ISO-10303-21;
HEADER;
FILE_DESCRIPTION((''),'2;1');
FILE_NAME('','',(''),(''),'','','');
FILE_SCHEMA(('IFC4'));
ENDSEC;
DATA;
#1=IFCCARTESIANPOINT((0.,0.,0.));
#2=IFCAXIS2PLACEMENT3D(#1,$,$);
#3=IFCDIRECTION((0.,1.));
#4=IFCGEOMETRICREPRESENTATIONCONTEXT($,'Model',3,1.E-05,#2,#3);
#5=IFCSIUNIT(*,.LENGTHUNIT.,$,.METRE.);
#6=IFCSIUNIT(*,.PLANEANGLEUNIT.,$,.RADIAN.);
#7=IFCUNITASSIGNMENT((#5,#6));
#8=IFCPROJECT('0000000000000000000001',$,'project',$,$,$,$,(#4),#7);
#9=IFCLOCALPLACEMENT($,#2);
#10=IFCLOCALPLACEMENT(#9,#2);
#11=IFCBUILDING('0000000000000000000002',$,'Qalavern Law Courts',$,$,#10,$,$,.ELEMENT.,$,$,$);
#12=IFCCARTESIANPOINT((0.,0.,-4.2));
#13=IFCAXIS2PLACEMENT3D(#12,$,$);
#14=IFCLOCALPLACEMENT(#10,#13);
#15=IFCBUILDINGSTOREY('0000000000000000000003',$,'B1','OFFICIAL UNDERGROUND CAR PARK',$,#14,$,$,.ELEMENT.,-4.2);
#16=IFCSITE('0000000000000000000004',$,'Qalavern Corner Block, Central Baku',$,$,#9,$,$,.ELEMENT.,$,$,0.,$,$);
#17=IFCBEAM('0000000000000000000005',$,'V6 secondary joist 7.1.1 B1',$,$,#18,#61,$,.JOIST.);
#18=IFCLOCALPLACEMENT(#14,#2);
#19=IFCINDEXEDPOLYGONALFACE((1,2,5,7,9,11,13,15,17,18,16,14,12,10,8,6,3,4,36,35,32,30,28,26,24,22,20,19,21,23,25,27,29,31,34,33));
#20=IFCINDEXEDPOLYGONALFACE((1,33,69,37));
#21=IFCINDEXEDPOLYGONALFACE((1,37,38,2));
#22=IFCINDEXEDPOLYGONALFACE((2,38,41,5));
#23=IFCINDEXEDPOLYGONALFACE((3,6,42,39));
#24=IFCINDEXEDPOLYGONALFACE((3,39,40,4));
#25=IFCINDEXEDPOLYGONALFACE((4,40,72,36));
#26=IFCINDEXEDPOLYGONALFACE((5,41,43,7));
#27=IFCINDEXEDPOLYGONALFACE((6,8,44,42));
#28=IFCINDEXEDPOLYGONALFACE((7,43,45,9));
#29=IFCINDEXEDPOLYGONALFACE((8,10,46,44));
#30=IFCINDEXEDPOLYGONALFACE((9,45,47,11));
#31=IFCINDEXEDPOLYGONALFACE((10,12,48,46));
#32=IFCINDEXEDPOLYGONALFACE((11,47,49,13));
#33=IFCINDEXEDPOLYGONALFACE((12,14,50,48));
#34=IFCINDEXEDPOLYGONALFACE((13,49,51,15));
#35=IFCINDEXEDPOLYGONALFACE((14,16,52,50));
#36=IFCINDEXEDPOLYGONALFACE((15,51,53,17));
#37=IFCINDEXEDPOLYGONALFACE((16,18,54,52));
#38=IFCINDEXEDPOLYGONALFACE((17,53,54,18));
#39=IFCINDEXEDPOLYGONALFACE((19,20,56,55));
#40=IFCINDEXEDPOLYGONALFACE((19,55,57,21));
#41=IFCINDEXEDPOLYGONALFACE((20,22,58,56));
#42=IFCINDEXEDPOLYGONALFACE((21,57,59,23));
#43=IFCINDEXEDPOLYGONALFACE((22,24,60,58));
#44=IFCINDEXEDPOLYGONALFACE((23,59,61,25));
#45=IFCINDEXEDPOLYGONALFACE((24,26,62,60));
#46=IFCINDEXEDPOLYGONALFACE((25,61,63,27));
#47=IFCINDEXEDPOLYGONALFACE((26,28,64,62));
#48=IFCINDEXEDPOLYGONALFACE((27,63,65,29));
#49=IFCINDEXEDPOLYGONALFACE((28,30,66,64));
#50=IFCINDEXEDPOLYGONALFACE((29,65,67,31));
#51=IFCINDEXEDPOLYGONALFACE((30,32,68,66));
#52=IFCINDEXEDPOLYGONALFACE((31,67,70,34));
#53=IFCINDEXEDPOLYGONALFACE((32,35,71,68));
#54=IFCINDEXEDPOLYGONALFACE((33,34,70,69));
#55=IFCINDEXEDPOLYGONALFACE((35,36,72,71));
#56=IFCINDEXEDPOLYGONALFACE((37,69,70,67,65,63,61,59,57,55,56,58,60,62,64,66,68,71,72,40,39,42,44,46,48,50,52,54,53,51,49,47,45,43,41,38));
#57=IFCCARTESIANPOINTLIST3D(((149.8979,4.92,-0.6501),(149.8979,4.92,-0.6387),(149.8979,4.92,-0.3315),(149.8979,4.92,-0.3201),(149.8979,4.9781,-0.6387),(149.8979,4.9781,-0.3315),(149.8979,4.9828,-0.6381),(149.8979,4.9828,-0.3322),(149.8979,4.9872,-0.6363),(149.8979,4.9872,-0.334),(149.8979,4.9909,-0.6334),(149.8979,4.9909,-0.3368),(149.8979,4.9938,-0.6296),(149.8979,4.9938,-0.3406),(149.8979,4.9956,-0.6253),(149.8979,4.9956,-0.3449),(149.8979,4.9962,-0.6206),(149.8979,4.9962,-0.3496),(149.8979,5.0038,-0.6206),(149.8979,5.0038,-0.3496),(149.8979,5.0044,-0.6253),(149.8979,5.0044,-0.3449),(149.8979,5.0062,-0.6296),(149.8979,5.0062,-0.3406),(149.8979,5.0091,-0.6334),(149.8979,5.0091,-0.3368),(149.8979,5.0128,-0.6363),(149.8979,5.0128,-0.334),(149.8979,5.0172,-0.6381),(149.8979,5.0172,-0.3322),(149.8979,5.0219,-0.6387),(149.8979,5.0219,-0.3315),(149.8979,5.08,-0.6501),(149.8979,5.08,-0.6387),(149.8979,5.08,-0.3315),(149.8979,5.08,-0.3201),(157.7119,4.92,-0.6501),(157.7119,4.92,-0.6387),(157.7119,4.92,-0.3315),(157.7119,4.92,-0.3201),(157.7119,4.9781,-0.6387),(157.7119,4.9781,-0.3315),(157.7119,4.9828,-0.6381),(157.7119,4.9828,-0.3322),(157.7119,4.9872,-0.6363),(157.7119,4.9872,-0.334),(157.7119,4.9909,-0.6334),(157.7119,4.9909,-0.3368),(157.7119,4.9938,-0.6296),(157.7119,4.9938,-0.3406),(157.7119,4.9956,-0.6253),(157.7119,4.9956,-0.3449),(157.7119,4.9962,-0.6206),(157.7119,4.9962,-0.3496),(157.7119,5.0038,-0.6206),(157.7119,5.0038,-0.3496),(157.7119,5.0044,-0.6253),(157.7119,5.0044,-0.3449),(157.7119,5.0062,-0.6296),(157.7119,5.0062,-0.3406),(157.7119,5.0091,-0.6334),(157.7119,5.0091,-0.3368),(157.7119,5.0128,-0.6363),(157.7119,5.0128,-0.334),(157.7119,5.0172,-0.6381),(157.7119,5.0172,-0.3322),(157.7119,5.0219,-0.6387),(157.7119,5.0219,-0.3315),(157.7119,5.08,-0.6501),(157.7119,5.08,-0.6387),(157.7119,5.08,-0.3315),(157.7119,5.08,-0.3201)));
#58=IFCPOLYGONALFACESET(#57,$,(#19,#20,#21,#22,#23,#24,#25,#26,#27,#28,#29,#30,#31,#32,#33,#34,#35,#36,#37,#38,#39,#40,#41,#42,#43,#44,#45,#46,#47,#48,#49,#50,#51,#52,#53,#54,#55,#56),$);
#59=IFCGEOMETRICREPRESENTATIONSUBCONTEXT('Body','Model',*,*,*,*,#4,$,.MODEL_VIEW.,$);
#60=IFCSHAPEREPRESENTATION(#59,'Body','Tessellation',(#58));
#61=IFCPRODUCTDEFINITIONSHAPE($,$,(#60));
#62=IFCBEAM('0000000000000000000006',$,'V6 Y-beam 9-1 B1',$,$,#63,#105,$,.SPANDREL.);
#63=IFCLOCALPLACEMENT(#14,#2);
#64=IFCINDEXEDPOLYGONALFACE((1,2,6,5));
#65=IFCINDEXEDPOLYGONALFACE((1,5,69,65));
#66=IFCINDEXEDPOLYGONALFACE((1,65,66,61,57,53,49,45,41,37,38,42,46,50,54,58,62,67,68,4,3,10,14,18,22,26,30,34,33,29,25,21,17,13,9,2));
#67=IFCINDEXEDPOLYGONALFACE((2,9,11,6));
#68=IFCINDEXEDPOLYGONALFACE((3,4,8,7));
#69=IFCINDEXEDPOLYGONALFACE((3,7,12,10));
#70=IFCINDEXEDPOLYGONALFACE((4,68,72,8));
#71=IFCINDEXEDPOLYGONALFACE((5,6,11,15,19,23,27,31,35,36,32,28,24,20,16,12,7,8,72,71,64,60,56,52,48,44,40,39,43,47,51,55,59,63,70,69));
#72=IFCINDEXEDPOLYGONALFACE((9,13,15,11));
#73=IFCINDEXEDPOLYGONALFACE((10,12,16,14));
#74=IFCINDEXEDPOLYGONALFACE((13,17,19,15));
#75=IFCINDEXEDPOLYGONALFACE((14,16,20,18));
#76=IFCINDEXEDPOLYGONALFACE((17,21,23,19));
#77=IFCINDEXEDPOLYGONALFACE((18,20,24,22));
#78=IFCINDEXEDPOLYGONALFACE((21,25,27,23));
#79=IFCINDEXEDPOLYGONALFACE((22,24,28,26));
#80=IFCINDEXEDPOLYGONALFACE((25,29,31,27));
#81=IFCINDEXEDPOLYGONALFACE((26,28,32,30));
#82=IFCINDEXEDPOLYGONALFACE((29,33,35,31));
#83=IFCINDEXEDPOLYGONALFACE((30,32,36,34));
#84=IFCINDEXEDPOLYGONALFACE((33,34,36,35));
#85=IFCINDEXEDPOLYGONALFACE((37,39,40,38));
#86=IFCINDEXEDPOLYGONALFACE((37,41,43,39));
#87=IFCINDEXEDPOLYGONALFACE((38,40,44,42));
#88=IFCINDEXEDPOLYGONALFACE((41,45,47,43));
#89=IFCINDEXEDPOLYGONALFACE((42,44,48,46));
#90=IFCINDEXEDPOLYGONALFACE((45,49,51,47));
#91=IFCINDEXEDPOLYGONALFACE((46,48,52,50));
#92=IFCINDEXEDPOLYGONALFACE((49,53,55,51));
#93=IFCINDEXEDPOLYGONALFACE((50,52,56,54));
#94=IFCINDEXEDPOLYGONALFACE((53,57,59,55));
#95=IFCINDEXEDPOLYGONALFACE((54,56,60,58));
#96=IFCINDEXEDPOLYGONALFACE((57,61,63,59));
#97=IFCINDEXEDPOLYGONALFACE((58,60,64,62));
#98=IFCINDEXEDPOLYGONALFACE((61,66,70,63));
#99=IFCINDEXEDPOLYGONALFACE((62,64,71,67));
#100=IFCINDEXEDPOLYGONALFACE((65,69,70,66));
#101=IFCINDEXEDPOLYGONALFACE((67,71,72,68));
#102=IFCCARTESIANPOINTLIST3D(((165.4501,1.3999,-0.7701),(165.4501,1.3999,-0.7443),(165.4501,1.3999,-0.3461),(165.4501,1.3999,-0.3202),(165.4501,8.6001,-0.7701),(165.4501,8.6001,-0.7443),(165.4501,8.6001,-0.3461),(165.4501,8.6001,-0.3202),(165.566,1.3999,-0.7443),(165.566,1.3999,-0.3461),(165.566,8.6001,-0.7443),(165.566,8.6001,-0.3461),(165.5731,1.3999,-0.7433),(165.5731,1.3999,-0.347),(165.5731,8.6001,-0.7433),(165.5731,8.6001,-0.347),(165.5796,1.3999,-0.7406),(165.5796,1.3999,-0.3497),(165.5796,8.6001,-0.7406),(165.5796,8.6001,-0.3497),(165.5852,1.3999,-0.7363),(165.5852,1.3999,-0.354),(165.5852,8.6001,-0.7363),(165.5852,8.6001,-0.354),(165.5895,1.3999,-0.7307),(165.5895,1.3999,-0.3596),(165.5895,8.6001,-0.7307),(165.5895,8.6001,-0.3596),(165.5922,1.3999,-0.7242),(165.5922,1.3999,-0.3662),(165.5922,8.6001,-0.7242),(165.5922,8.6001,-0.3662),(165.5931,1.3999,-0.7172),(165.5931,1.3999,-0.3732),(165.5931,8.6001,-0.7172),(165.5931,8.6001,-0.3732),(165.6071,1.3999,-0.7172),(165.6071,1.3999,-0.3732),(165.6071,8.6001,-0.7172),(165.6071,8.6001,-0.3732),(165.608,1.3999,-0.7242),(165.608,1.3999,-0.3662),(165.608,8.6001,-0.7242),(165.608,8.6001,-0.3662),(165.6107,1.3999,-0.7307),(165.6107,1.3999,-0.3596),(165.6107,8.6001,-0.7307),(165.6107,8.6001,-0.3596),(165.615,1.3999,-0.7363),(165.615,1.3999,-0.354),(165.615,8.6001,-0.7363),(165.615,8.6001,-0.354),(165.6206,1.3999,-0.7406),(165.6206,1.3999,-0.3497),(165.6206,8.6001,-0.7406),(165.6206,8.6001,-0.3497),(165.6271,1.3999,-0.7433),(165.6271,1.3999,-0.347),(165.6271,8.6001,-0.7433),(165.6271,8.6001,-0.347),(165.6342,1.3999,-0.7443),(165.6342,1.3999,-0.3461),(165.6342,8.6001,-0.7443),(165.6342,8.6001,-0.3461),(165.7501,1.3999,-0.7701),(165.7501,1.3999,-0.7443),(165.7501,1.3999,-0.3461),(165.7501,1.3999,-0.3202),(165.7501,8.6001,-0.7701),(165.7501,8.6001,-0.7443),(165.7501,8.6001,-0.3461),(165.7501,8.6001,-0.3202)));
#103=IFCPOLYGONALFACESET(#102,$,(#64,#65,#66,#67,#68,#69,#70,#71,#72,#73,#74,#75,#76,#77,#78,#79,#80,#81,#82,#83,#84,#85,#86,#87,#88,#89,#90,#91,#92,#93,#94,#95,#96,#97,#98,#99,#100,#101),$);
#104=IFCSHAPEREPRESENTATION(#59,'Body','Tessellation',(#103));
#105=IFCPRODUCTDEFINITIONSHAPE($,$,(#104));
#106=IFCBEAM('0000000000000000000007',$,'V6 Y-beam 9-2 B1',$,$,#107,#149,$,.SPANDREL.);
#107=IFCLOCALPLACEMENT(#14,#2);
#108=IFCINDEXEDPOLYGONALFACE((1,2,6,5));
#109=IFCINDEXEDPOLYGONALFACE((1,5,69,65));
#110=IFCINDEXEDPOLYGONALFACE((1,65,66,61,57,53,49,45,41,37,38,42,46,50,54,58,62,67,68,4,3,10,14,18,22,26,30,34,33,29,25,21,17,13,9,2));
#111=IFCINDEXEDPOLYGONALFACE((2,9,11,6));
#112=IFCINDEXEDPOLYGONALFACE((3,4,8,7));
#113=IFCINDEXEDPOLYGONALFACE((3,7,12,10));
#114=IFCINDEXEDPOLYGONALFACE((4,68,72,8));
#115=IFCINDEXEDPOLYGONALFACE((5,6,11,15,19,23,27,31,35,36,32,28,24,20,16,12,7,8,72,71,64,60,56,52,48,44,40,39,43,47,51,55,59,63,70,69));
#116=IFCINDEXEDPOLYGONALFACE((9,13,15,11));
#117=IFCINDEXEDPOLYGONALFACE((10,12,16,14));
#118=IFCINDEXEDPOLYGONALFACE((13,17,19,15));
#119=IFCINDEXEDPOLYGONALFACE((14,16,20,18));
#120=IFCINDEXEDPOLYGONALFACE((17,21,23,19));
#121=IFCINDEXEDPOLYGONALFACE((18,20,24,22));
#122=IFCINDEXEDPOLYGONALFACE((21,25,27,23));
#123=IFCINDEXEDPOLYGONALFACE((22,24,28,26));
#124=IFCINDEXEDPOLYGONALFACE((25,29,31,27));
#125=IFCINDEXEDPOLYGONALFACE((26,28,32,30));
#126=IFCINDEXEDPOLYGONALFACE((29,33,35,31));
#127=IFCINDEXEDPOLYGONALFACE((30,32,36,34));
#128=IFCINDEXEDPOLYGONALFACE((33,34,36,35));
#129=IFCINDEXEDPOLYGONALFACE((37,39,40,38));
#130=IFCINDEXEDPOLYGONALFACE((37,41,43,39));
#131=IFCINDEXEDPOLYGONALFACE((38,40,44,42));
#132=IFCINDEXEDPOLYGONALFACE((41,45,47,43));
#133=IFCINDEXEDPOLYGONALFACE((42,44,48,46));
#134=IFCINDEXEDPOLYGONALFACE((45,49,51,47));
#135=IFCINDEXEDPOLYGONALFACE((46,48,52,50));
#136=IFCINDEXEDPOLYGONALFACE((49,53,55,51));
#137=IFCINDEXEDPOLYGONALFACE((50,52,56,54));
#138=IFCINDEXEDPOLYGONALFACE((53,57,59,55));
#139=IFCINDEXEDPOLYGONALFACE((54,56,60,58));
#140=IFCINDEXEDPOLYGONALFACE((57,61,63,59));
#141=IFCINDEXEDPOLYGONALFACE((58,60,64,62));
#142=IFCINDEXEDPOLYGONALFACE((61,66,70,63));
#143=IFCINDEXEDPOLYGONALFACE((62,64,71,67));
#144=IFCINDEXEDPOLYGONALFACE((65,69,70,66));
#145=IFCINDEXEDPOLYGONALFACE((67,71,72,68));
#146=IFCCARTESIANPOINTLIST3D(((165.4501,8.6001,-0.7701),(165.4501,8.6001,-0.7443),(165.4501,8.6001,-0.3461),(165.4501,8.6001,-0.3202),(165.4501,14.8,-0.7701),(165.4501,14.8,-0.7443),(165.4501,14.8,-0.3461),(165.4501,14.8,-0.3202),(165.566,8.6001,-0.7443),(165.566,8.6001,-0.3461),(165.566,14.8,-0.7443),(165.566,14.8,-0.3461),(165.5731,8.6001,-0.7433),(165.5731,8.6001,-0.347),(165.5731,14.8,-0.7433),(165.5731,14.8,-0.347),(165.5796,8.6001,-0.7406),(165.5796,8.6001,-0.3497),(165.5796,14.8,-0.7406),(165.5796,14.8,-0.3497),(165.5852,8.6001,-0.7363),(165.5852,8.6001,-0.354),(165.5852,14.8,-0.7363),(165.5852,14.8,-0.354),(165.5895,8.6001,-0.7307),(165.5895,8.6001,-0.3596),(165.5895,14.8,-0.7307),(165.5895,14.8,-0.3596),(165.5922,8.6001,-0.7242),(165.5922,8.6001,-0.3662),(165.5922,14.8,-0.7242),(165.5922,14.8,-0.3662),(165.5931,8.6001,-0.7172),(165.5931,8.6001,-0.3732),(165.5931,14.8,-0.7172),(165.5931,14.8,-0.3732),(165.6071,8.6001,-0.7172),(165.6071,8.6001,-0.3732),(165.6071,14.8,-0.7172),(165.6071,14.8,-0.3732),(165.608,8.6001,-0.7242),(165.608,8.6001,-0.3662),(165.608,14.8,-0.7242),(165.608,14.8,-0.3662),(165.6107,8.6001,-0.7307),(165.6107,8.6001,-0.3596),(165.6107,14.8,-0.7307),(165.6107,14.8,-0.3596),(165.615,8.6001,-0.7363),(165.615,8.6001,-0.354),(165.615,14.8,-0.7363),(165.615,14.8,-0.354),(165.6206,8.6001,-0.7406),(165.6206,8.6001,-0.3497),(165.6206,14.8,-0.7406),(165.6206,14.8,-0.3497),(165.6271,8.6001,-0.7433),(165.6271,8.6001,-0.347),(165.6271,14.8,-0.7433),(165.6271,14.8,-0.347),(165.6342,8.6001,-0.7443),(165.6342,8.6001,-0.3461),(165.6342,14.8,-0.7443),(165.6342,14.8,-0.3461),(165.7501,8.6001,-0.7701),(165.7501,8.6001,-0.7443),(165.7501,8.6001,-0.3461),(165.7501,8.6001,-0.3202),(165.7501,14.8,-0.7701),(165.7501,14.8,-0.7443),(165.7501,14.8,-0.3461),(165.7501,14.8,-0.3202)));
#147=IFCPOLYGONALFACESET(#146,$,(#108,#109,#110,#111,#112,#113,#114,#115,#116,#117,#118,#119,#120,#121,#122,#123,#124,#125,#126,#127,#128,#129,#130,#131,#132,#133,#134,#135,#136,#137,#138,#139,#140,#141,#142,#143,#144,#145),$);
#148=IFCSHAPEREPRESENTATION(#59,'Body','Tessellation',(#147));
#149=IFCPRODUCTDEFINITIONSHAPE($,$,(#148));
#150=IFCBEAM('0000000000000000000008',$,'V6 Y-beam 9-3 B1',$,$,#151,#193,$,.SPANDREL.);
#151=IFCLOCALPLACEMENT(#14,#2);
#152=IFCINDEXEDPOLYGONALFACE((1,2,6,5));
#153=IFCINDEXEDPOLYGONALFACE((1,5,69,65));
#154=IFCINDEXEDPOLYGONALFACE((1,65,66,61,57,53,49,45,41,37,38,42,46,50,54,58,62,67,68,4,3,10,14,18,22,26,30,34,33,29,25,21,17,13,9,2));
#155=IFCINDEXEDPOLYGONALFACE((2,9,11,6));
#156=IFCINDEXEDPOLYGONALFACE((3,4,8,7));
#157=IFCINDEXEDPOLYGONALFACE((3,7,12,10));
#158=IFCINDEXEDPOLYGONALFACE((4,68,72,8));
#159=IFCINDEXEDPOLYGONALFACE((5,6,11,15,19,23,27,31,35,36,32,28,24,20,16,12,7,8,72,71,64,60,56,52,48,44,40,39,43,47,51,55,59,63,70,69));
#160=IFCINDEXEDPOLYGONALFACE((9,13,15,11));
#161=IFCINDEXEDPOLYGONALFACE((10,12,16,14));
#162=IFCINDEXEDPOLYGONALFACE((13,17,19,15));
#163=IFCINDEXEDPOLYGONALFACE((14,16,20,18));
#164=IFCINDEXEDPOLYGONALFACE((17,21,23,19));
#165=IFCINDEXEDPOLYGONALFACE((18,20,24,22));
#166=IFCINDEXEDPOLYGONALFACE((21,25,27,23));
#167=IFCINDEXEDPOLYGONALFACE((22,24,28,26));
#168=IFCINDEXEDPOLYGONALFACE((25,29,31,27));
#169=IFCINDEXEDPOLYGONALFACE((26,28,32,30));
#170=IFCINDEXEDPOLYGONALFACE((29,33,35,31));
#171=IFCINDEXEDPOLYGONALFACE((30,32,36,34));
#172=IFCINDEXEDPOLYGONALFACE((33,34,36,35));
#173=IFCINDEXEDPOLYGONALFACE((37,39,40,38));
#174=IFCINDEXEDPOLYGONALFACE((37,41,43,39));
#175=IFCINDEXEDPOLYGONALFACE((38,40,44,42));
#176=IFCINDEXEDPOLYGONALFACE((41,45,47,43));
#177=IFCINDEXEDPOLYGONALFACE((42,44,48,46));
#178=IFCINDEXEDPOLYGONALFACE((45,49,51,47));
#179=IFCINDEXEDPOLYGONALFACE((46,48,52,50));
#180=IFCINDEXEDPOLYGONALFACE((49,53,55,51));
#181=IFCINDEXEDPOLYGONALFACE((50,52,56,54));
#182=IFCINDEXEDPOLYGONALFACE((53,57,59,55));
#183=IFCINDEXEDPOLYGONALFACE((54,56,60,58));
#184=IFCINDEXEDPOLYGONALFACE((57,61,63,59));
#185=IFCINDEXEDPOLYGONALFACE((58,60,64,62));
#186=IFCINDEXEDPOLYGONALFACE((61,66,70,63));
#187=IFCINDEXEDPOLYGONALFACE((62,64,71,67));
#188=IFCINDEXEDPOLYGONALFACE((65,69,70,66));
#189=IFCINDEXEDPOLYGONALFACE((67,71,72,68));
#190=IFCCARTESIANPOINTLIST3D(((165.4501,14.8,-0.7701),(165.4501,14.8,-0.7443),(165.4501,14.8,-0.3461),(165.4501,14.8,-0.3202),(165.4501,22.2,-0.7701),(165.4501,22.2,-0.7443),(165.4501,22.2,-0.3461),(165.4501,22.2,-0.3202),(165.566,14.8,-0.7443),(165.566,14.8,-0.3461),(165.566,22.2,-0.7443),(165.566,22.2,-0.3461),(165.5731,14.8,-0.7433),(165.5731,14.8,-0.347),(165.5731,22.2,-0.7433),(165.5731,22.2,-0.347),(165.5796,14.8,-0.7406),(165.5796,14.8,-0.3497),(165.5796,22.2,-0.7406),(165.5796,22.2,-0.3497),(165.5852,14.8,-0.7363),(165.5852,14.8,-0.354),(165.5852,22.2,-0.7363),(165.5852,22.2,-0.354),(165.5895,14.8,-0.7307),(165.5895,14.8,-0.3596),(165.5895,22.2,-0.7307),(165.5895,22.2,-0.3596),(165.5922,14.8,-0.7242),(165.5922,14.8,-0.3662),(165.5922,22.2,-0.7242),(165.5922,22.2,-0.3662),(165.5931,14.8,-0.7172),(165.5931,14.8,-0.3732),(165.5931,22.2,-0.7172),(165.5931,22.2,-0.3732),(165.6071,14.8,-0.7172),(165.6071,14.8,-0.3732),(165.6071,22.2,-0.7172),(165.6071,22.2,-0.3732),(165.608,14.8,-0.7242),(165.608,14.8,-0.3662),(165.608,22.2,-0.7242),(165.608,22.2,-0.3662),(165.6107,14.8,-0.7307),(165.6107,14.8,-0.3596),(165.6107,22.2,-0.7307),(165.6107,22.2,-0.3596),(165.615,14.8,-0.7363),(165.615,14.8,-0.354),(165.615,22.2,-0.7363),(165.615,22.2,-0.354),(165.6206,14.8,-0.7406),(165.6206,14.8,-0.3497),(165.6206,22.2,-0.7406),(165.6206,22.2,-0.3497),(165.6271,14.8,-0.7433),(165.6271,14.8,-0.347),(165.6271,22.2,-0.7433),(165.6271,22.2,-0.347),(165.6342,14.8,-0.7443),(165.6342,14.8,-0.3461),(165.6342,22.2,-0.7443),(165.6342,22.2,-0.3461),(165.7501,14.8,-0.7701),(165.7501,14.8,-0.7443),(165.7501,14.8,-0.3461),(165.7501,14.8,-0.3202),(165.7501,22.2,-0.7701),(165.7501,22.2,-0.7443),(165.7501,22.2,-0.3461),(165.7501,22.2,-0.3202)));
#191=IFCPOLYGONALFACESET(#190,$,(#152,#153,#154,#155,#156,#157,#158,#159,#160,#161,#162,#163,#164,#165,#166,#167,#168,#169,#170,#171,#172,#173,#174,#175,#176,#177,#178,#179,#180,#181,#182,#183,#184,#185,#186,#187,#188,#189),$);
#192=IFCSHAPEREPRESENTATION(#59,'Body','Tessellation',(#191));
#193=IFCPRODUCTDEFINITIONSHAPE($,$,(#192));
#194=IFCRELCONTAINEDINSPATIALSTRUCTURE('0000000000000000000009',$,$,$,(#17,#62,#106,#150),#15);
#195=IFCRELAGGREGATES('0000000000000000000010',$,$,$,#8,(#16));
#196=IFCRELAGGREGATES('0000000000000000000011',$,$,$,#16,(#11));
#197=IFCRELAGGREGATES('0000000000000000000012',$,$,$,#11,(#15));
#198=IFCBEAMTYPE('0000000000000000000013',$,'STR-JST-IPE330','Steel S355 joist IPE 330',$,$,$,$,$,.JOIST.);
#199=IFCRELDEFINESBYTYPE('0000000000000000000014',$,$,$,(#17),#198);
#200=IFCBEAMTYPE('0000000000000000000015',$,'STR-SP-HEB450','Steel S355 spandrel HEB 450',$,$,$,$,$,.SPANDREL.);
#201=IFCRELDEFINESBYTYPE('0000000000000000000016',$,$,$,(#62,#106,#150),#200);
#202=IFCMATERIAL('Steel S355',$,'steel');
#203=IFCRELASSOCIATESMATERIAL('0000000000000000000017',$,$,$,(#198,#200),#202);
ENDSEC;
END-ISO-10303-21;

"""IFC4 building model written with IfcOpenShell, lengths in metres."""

from ifc_helpers import new_model, si_unit, direction, frame, origin, origin_2d, place, context, subcontext, project, spatial, i_section, extrude, material, material_profile, profile_set, type_object, element, save


model = new_model("IFC4")

# Units and contexts
model_context = context("Model", 3, precision=1e-05, world=origin(), true_north=direction((0.0, 1.0)))
body_context = subcontext(model_context, "Body", "Model", "MODEL_VIEW")
ifc_project = project(units=[si_unit("LENGTHUNIT", "METRE"), si_unit("PLANEANGLEUNIT", "RADIAN")], contexts=[model_context])

# Site, building, storey
site_placement = place(None, origin())
site = spatial("IfcSite", under=ifc_project, at=site_placement, Name="Qalavern Corner Block, Central Baku", CompositionType="ELEMENT", RefElevation=0.0)
building_placement = place(site_placement, origin())
building = spatial("IfcBuilding", under=site, at=building_placement, Name="Qalavern Law Courts", CompositionType="ELEMENT")
storey_placement = place(building_placement, frame((0.0, 0.0, -4.2)))
storey = spatial("IfcBuildingStorey", under=building, at=storey_placement, Name="B1", Description="OFFICIAL UNDERGROUND CAR PARK", CompositionType="ELEMENT", Elevation=-4.2)

# Beams
ifc_material_1 = material(Name="Steel S355", Category="steel")
ifc_material_profile_1 = material_profile(ifc_material_1, i_section(OverallWidth=0.1599, OverallDepth=0.3301, WebThickness=0.0076, FlangeThickness=0.0115, FilletRadius=0.0181, at=origin_2d()), Name="IPE 330")
ifc_profile_set_1 = profile_set([ifc_material_profile_1], Name="Steel S355")
beam_type_1 = type_object("IfcBeamType", Name="STR-JST-IPE330", Description="Steel S355 joist IPE 330", PredefinedType="JOIST", material=ifc_profile_set_1)
beam_1_placement = place(storey_placement, frame((149.8979, 5.0, -0.4851), z_axis=(1.0, 0.0, 0.0), x_axis=(0.0, 1.0, 0.0)))
element("IfcBeam", 1, at=beam_1_placement, inside=storey, type_object=beam_type_1, Name="V6 secondary joist 7.1.1 B1", PredefinedType="JOIST", context=body_context, shape_type="SweptSolid", body=[
    extrude(i_section(OverallWidth=0.1599, OverallDepth=0.3301, WebThickness=0.0076, FlangeThickness=0.0115, FilletRadius=0.0181, at=origin_2d()), origin(), (0.0, 0.0, 1.0), 7.814),
])
ifc_material_profile_2 = material_profile(ifc_material_1, i_section(OverallWidth=0.3, OverallDepth=0.45, WebThickness=0.0139, FlangeThickness=0.0259, FilletRadius=0.0271, at=origin_2d()), Name="HEB 450")
ifc_profile_set_2 = profile_set([ifc_material_profile_2], Name="Steel S355")
beam_type_2 = type_object("IfcBeamType", Name="STR-SP-HEB450", Description="Steel S355 spandrel HEB 450", PredefinedType="SPANDREL", material=ifc_profile_set_2)
beam_2_placement = place(storey_placement, frame((165.6001, 1.3999, -0.5452), z_axis=(0.0, 1.0, 0.0), x_axis=(-1.0, 0.0, 0.0)))
element("IfcBeam", 2, at=beam_2_placement, inside=storey, type_object=beam_type_2, Name="V6 Y-beam 9-1 B1", PredefinedType="SPANDREL", context=body_context, shape_type="SweptSolid", body=[
    extrude(i_section(OverallWidth=0.3, OverallDepth=0.45, WebThickness=0.0139, FlangeThickness=0.0259, FilletRadius=0.0271, at=origin_2d()), origin(), (0.0, 0.0, 1.0), 7.2002),
])
beam_3_placement = place(storey_placement, frame((165.6001, 8.6001, -0.5452), z_axis=(0.0, 1.0, 0.0), x_axis=(-1.0, 0.0, 0.0)))
element("IfcBeam", 3, at=beam_3_placement, inside=storey, type_object=beam_type_2, Name="V6 Y-beam 9-2 B1", PredefinedType="SPANDREL", context=body_context, shape_type="SweptSolid", body=[
    extrude(i_section(OverallWidth=0.3, OverallDepth=0.45, WebThickness=0.0139, FlangeThickness=0.0259, FilletRadius=0.0271, at=origin_2d()), origin(), (0.0, 0.0, 1.0), 6.2),
])
beam_4_placement = place(storey_placement, frame((165.6001, 14.8, -0.5452), z_axis=(0.0, 1.0, 0.0), x_axis=(-1.0, 0.0, 0.0)))
element("IfcBeam", 4, at=beam_4_placement, inside=storey, type_object=beam_type_2, Name="V6 Y-beam 9-3 B1", PredefinedType="SPANDREL", context=body_context, shape_type="SweptSolid", body=[
    extrude(i_section(OverallWidth=0.3, OverallDepth=0.45, WebThickness=0.0139, FlangeThickness=0.0259, FilletRadius=0.0271, at=origin_2d()), origin(), (0.0, 0.0, 1.0), 7.3999),
])

save(model, "model.ifc")
